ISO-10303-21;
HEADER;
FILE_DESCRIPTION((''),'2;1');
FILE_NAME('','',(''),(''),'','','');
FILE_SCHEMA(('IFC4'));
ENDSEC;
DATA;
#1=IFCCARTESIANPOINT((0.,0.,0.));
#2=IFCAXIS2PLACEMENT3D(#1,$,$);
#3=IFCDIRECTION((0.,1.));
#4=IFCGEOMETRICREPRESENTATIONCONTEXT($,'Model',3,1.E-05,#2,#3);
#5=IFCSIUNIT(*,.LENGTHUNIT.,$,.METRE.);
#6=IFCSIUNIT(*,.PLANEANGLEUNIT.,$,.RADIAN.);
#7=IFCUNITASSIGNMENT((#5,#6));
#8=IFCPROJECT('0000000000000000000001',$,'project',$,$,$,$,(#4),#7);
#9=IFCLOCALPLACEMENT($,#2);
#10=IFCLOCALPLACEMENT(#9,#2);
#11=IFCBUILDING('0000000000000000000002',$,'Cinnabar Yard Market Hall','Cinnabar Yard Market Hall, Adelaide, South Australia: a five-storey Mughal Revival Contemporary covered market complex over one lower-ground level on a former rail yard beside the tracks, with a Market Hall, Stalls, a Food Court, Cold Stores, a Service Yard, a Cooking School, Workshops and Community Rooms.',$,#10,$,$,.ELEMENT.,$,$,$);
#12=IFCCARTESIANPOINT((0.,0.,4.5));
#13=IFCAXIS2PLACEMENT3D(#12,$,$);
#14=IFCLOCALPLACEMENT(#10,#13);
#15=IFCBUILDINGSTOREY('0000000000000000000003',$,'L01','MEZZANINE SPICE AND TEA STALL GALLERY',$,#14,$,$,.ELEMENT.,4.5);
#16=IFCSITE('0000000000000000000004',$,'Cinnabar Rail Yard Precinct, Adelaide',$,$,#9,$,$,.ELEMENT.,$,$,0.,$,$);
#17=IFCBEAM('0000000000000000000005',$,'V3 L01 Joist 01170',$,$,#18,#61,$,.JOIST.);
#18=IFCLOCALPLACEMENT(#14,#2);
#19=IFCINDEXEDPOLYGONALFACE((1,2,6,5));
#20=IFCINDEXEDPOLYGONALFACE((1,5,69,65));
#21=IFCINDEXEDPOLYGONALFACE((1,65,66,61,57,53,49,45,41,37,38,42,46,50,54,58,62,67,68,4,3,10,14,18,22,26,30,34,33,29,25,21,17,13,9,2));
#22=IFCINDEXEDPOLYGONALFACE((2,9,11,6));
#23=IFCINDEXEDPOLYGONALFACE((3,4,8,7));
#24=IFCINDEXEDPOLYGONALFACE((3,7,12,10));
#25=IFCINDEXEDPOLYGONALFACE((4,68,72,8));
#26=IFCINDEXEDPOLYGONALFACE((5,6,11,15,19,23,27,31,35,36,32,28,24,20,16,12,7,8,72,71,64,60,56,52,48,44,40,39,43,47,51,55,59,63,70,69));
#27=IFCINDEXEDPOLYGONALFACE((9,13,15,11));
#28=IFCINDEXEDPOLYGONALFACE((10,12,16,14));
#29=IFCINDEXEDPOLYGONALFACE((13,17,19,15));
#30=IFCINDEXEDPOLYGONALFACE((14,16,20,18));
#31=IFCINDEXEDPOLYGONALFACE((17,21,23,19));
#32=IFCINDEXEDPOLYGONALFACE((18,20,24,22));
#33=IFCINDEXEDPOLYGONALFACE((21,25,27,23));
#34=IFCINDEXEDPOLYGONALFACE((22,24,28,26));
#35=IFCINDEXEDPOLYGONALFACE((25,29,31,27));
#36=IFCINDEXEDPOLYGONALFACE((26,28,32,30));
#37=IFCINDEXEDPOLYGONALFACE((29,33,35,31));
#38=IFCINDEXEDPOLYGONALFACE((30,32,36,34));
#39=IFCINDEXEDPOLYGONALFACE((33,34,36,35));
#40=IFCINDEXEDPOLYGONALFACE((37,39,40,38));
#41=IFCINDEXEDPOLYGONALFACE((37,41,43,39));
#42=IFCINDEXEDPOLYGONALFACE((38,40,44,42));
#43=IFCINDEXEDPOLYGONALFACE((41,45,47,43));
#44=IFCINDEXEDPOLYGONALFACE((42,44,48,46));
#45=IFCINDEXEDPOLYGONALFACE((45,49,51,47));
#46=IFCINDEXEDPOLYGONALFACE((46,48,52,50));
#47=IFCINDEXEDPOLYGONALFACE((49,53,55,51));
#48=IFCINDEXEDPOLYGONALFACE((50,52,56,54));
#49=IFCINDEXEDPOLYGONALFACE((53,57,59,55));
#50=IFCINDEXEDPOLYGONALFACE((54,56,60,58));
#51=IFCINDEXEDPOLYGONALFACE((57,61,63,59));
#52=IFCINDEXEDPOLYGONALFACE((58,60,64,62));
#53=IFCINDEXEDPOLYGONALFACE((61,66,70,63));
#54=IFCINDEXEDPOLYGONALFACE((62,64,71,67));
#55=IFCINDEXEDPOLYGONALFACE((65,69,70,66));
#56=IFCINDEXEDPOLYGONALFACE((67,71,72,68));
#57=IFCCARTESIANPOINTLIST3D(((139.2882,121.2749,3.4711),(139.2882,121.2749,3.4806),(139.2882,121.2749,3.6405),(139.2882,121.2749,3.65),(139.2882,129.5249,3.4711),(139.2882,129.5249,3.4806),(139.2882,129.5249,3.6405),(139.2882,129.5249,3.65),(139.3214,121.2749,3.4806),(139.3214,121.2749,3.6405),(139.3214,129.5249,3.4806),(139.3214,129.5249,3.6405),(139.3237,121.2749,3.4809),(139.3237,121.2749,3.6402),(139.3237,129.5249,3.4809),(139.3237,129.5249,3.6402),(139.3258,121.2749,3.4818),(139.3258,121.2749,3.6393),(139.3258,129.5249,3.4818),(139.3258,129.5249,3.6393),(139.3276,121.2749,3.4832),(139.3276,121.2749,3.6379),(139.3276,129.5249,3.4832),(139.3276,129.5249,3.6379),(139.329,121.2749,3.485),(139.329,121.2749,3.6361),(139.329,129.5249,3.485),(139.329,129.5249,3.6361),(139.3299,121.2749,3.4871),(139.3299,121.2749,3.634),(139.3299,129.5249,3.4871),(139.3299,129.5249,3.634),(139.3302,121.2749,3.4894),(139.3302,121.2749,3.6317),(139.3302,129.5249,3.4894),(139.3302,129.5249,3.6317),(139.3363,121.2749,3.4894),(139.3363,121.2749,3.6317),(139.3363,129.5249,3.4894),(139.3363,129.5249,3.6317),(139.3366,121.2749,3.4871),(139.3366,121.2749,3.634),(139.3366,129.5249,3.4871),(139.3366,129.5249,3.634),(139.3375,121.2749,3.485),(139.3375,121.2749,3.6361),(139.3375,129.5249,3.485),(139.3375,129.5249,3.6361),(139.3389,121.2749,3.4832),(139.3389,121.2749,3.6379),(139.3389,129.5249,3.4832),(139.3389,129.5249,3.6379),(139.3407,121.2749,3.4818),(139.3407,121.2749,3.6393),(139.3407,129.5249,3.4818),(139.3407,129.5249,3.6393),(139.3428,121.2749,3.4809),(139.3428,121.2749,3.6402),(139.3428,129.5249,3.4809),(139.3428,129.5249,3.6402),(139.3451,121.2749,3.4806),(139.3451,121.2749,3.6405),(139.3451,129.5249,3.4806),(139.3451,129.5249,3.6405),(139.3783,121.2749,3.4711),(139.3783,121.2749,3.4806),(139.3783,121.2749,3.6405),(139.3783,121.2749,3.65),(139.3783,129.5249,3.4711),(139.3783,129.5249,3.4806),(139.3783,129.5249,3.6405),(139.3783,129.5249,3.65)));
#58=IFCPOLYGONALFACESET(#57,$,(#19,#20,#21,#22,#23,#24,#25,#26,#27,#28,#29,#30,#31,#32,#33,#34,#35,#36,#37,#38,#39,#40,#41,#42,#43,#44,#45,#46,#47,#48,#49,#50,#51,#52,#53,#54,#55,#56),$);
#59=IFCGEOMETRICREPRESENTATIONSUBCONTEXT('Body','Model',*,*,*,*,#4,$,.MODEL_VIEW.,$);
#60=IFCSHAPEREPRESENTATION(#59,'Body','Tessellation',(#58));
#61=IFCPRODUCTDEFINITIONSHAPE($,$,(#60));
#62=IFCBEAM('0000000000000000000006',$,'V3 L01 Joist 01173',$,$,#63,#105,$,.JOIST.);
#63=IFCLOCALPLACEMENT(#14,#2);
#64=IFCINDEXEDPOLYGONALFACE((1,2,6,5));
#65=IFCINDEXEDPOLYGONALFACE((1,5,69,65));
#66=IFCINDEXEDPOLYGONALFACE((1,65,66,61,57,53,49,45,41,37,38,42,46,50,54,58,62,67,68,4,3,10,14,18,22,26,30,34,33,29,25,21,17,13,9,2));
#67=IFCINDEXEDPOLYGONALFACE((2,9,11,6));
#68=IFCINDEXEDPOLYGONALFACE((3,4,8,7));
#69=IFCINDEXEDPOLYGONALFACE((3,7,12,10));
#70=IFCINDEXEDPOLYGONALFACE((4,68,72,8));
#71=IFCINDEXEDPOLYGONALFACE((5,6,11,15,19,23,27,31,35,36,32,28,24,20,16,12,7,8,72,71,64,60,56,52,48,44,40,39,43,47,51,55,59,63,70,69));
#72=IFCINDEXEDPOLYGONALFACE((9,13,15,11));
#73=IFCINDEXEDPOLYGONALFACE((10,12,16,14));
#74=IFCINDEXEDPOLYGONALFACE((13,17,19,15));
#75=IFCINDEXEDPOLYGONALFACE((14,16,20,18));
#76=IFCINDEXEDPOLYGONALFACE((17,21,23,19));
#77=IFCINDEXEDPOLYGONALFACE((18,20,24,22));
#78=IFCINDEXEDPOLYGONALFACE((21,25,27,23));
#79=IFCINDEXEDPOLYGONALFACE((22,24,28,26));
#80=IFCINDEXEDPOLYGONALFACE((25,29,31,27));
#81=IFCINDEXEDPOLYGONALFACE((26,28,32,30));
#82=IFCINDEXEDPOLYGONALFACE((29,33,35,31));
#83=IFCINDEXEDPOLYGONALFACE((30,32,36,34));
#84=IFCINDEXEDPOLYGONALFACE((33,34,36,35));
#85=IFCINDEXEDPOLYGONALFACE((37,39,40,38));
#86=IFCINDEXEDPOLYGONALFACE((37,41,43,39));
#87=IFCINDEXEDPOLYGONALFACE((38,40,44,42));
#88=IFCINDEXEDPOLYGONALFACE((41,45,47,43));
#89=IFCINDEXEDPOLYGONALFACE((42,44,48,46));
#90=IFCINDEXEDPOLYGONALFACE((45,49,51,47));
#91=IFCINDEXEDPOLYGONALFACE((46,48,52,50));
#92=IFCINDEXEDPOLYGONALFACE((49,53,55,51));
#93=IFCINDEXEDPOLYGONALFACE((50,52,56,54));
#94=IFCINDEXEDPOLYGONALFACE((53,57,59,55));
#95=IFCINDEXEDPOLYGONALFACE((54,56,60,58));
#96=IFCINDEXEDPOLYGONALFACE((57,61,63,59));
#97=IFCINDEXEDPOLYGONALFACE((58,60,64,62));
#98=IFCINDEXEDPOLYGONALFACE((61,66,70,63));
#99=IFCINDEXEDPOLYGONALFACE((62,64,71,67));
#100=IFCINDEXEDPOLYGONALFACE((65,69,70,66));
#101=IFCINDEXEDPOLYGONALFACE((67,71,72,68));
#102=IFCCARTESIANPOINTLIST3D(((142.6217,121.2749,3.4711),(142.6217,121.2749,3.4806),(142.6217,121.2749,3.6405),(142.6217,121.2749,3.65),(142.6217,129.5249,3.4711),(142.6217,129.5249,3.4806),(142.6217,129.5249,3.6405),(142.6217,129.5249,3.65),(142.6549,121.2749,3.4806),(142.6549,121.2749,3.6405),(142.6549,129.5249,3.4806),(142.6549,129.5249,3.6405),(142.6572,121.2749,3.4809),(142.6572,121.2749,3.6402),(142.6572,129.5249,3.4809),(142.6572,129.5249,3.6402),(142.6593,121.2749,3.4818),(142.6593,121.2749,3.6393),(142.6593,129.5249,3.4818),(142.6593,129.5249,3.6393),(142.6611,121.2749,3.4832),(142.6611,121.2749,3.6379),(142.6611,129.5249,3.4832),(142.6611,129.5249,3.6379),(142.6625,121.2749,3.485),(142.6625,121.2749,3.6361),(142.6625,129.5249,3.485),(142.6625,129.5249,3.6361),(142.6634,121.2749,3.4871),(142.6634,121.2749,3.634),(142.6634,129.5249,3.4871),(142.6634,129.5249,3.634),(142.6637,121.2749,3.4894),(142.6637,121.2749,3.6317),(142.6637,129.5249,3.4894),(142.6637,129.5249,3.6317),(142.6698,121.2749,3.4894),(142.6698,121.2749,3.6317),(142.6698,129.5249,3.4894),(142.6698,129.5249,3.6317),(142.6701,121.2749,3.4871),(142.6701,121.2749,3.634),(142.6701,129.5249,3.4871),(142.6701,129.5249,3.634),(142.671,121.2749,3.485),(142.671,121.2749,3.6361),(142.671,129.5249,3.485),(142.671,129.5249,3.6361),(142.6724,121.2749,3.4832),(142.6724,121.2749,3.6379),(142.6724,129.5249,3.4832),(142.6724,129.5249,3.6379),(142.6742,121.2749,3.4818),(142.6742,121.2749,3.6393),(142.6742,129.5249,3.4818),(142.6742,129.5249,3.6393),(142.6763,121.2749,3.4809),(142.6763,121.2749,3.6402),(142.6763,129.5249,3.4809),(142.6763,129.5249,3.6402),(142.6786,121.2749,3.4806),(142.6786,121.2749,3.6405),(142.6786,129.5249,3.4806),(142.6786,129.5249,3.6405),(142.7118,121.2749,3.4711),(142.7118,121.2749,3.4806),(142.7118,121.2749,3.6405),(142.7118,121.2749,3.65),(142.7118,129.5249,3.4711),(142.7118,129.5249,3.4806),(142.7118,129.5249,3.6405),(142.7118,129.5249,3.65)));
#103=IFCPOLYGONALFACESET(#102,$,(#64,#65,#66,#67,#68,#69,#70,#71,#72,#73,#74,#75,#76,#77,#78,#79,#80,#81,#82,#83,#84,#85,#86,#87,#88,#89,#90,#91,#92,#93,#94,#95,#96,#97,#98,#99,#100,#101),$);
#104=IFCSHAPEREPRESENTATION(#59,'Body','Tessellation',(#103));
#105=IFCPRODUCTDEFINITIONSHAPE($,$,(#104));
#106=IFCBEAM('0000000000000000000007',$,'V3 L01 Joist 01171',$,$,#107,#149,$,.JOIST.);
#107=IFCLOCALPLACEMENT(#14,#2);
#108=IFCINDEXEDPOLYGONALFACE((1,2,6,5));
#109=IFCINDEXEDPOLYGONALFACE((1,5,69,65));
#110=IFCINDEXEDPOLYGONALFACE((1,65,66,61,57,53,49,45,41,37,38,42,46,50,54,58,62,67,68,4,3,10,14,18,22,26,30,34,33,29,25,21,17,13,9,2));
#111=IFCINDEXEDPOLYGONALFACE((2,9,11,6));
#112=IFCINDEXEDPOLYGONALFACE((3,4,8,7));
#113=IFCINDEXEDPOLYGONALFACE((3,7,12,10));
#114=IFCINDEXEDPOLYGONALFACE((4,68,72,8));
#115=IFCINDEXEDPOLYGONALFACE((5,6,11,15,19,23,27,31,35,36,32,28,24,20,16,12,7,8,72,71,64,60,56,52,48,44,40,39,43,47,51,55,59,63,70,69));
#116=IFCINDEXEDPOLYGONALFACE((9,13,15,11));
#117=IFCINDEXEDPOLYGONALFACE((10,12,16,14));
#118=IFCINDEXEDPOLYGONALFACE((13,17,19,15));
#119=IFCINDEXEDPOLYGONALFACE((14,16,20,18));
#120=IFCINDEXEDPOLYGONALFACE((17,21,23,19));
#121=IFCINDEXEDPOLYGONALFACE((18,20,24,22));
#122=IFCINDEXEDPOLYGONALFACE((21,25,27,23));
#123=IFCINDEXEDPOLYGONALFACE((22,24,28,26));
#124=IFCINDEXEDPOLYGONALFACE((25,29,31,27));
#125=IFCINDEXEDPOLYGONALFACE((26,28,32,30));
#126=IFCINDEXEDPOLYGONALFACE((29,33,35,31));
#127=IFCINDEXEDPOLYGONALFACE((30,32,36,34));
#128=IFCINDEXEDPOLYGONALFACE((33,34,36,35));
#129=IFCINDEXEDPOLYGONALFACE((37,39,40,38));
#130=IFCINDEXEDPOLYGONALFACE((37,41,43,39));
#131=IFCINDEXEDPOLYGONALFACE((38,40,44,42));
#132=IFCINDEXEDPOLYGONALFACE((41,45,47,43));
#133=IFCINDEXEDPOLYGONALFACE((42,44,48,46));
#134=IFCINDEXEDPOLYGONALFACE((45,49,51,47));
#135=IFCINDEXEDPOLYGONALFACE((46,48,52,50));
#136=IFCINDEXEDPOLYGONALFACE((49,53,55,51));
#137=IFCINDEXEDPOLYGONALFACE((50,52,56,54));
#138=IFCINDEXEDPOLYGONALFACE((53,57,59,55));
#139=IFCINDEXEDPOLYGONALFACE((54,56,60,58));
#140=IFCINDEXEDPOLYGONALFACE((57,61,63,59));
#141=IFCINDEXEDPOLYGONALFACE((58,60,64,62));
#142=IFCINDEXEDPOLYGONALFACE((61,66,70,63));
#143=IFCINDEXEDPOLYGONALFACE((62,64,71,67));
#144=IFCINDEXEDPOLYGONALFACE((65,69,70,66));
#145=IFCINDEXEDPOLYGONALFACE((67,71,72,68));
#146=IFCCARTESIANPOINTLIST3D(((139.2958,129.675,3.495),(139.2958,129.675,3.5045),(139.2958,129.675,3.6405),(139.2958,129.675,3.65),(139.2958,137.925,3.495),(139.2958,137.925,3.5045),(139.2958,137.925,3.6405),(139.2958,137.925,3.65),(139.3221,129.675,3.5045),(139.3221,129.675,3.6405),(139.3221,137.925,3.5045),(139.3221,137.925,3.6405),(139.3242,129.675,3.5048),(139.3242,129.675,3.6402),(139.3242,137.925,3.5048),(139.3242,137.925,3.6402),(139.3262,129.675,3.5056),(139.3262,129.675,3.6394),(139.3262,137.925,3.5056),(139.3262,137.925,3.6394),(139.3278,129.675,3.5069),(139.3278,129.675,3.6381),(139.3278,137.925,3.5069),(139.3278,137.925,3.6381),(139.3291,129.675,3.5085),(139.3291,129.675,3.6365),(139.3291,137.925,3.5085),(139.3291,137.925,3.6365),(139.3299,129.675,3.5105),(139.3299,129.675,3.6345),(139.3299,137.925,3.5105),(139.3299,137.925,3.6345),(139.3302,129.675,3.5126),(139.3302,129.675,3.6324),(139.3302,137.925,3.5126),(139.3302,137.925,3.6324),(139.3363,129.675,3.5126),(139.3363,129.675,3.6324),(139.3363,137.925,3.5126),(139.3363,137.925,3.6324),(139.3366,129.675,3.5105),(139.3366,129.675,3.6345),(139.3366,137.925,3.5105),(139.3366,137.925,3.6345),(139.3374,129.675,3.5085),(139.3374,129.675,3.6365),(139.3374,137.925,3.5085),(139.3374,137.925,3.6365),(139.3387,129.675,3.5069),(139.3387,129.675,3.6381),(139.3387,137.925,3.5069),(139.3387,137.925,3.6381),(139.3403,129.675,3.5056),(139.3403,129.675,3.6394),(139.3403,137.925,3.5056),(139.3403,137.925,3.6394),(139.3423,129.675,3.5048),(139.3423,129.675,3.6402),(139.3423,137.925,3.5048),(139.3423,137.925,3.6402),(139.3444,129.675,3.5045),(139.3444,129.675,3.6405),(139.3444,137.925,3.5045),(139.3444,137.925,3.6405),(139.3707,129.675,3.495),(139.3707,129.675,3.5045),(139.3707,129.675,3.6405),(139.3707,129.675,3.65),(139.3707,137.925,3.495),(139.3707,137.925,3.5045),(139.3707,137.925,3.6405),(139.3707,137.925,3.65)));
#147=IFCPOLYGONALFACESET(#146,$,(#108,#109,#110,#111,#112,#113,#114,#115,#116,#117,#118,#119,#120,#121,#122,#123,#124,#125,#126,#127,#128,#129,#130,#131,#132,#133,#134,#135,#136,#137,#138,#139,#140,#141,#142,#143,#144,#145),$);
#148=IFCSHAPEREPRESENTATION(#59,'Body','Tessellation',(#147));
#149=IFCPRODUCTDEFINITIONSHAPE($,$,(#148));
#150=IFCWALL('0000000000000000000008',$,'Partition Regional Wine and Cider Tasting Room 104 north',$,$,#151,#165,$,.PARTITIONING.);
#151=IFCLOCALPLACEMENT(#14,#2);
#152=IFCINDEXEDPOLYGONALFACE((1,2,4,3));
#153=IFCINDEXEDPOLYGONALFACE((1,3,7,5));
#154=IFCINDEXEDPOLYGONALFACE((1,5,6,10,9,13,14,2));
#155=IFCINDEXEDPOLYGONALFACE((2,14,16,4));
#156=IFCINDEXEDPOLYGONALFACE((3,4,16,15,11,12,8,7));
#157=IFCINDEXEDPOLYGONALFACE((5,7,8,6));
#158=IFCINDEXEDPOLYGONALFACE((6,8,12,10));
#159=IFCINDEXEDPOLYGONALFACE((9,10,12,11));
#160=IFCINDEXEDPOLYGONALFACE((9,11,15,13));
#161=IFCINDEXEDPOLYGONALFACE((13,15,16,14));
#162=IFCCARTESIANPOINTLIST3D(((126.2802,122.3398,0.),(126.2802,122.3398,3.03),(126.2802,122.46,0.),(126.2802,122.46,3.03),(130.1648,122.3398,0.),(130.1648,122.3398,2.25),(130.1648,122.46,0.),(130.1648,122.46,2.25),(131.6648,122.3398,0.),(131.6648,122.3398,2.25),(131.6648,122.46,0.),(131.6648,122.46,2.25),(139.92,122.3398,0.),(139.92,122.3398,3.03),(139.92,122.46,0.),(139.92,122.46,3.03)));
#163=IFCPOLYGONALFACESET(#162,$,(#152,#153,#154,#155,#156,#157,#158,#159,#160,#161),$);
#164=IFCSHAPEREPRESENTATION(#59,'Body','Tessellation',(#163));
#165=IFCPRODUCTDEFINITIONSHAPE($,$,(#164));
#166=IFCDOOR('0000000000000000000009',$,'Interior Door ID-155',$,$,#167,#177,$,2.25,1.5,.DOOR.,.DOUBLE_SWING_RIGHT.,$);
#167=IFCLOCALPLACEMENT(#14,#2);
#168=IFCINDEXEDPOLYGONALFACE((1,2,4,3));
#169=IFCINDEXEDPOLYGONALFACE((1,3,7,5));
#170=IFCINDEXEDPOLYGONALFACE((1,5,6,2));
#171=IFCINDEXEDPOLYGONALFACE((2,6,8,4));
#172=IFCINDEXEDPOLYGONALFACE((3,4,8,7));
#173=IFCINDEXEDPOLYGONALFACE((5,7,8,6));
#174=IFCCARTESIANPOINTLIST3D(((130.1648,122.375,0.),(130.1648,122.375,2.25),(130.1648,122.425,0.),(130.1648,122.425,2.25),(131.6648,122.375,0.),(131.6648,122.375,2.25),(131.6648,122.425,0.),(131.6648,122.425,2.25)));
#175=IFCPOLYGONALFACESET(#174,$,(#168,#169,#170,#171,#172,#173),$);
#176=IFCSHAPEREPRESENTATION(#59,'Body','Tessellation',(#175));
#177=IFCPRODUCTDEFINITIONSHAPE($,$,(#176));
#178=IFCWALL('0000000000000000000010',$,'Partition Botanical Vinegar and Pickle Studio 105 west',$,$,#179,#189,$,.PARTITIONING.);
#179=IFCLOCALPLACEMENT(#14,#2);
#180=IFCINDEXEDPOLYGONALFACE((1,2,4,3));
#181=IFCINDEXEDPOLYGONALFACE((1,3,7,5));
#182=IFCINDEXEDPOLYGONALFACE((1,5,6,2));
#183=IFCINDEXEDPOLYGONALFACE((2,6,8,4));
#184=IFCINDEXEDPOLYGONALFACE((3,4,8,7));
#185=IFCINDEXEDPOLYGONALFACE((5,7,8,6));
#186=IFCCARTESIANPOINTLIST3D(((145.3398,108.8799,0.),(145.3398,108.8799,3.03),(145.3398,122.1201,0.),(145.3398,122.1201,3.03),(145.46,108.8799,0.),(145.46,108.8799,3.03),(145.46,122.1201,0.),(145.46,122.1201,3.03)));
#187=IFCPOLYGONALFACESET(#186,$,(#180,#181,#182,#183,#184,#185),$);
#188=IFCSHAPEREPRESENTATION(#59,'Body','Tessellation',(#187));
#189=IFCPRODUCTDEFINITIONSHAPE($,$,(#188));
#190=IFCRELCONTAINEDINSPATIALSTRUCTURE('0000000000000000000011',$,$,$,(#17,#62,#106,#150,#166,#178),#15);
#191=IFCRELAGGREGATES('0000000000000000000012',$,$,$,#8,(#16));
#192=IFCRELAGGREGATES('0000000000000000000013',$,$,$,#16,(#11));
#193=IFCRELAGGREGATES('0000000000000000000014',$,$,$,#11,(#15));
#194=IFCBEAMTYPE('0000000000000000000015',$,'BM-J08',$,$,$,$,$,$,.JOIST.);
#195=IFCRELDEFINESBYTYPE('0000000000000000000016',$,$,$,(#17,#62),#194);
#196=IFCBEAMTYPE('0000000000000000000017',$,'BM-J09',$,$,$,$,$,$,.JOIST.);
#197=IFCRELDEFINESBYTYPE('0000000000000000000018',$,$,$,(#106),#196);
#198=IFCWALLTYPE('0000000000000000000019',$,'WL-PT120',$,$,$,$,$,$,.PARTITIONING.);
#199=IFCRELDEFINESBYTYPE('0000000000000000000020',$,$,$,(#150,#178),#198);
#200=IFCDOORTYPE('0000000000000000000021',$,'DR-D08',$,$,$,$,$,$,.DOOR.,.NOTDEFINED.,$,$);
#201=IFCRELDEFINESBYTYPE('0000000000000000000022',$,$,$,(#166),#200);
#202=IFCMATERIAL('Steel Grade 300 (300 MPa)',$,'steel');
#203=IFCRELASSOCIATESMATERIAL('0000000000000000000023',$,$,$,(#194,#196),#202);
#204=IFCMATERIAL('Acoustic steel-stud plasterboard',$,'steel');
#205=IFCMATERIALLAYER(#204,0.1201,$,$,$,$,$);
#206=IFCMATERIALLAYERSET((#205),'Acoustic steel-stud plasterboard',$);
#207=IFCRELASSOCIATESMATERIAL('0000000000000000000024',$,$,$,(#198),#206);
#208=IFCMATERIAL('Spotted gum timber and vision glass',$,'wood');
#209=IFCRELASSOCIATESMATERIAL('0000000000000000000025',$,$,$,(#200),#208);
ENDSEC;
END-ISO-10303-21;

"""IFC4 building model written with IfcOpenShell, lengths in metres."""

from ifc_helpers import new_model, si_unit, direction, frame, frame_2d, origin, origin_2d_with_axis, place, context, subcontext, project, spatial, rectangle, i_section, extrude, material, layer, layer_set, material_profile, profile_set, type_object, element, fill, save


model = new_model("IFC4")

# Units and contexts
model_context = context("Model", 3, precision=1e-05, world=origin(), true_north=direction((0.0, 1.0)))
body_context = subcontext(model_context, "Body", "Model", "MODEL_VIEW")
ifc_project = project(units=[si_unit("LENGTHUNIT", "METRE"), si_unit("PLANEANGLEUNIT", "RADIAN")], contexts=[model_context])

# Site, building, storey
site_placement = place(None, origin())
site = spatial("IfcSite", under=ifc_project, at=site_placement, Name="Cinnabar Rail Yard Precinct, Adelaide", CompositionType="ELEMENT", RefElevation=0.0)
building_placement = place(site_placement, origin())
building = spatial("IfcBuilding", under=site, at=building_placement, Name="Cinnabar Yard Market Hall", Description="Cinnabar Yard Market Hall, Adelaide, South Australia: a five-storey Mughal Revival Contemporary covered market complex over one lower-ground level on a former rail yard beside the tracks, with a Market Hall, Stalls, a Food Court, Cold Stores, a Service Yard, a Cooking School, Workshops and Community Rooms.", CompositionType="ELEMENT")
storey_placement = place(building_placement, frame((0.0, 0.0, 4.5)))
storey = spatial("IfcBuildingStorey", under=building, at=storey_placement, Name="L01", Description="MEZZANINE SPICE AND TEA STALL GALLERY", CompositionType="ELEMENT", Elevation=4.5)

# Shared definitions
ifc_material_1 = material(Name="Steel Grade 300 (300 MPa)", Category="steel")

# Beams
ifc_material_profile_1 = material_profile(ifc_material_1, i_section(OverallWidth=0.0901, OverallDepth=0.179, WebThickness=0.0061, FlangeThickness=0.0095, FilletRadius=0.0088, at=origin_2d_with_axis()), Name="180UB22.2")
ifc_profile_set_1 = profile_set([ifc_material_profile_1], Name="Steel Grade 300 (300 MPa)")
beam_type_1 = type_object("IfcBeamType", Name="BM-J08", PredefinedType="JOIST", material=ifc_profile_set_1)
for number, where, z_axis, x_axis, name in (
    (1, (139.3333, 121.2749, 3.5605), (0.0, 1.0, 0.0), (-1.0, 0.0, 0.0), "V3 L01 Joist 01170"),
    (2, (142.6667, 121.2749, 3.5605), (0.0, 1.0, 0.0), (-1.0, 0.0, 0.0), "V3 L01 Joist 01173"),
):
    element("IfcBeam", number, at=place(storey_placement, frame(where, z_axis=z_axis, x_axis=x_axis)), inside=storey, type_object=beam_type_1, Name=name, PredefinedType="JOIST", context=body_context, shape_type="SweptSolid", body=[
        extrude(i_section(OverallWidth=0.0901, OverallDepth=0.179, WebThickness=0.0061, FlangeThickness=0.0095, FilletRadius=0.0088, at=origin_2d_with_axis()), origin(), (0.0, 0.0, 1.0), 8.25),
    ])
ifc_material_profile_2 = material_profile(ifc_material_1, i_section(OverallWidth=0.075, OverallDepth=0.155, WebThickness=0.0061, FlangeThickness=0.0095, FilletRadius=0.0081, at=origin_2d_with_axis()), Name="150UB18.0")
ifc_profile_set_2 = profile_set([ifc_material_profile_2], Name="Steel Grade 300 (300 MPa)")
beam_type_2 = type_object("IfcBeamType", Name="BM-J09", PredefinedType="JOIST", material=ifc_profile_set_2)
beam_placement = place(storey_placement, frame((139.3333, 129.675, 3.5725), z_axis=(0.0, 1.0, 0.0), x_axis=(-1.0, 0.0, 0.0)))
element("IfcBeam", 3, at=beam_placement, inside=storey, type_object=beam_type_2, Name="V3 L01 Joist 01171", PredefinedType="JOIST", context=body_context, shape_type="SweptSolid", body=[
    extrude(i_section(OverallWidth=0.075, OverallDepth=0.155, WebThickness=0.0061, FlangeThickness=0.0095, FilletRadius=0.0081, at=origin_2d_with_axis()), origin(), (0.0, 0.0, 1.0), 8.25),
])

# Wall, opening, door
ifc_material_2 = material(Name="Acoustic steel-stud plasterboard", Category="steel")
ifc_layer_1 = layer(ifc_material_2, 0.1201)
ifc_layer_set_1 = layer_set([ifc_layer_1], Name="Acoustic steel-stud plasterboard")
wall_type_1 = type_object("IfcWallType", Name="WL-PT120", PredefinedType="PARTITIONING", material=ifc_layer_set_1)
wall_1_placement = place(storey_placement, frame((139.9199, 122.3999, 0.0), z_axis=(0.0, 0.0, 1.0), x_axis=(-1.0, 0.0, 0.0)))
wall_1 = element("IfcWall", 4, at=wall_1_placement, inside=storey, type_object=wall_type_1, Name="Partition Regional Wine and Cider Tasting Room 104 north", PredefinedType="PARTITIONING", context=body_context, shape_type="SweptSolid", body=[
    extrude(rectangle(XDim=13.6399, YDim=0.1201, at=frame_2d((6.8198, 0.0), x_axis=(1.0, 0.0))), origin(), (0.0, 0.0, 1.0), 3.03),
])
opening_1_placement = place(wall_1_placement, frame((8.2551, 0.0, 0.0)))
opening_1 = element("IfcOpeningElement", 5, at=opening_1_placement, cuts=wall_1, PredefinedType="OPENING", context=body_context, shape_type="SweptSolid", body=[
    extrude(rectangle(XDim=1.5, YDim=2.25, at=frame_2d((0.75, 1.125), x_axis=(1.0, 0.0))), frame((0.0, 0.0701, 0.0), z_axis=(0.0, -1.0, 0.0), x_axis=(1.0, 0.0, 0.0)), (0.0, 0.0, 1.0), 0.1401),
])
ifc_material_3 = material(Name="Spotted gum timber and vision glass", Category="wood")
door_type_1 = type_object("IfcDoorType", Name="DR-D08", OperationType="NOTDEFINED", PredefinedType="DOOR", material=ifc_material_3)
door_1_placement = place(opening_1_placement, origin())
door_1 = element("IfcDoor", 6, at=door_1_placement, inside=storey, type_object=door_type_1, Name="Interior Door ID-155", OperationType="DOUBLE_SWING_RIGHT", OverallHeight=2.25, OverallWidth=1.5, PredefinedType="DOOR", context=body_context, shape_type="SweptSolid", body=[
    extrude(rectangle(XDim=1.5, YDim=2.25, at=frame_2d((0.75, 1.125), x_axis=(1.0, 0.0))), frame((0.0, 0.0249, 0.0), z_axis=(0.0, -1.0, 0.0), x_axis=(1.0, 0.0, 0.0)), (0.0, 0.0, 1.0), 0.05),
])
fill(opening_1, door_1)

# Wall
wall_2_placement = place(storey_placement, frame((145.3999, 122.1201, 0.0), z_axis=(0.0, 0.0, 1.0), x_axis=(0.0, -1.0, 0.0)))
element("IfcWall", 7, at=wall_2_placement, inside=storey, type_object=wall_type_1, Name="Partition Botanical Vinegar and Pickle Studio 105 west", PredefinedType="PARTITIONING", context=body_context, shape_type="SweptSolid", body=[
    extrude(rectangle(XDim=13.2402, YDim=0.1201, at=frame_2d((6.6201, 0.0), x_axis=(1.0, 0.0))), origin(), (0.0, 0.0, 1.0), 3.03),
])

save(model, "model.ifc")
